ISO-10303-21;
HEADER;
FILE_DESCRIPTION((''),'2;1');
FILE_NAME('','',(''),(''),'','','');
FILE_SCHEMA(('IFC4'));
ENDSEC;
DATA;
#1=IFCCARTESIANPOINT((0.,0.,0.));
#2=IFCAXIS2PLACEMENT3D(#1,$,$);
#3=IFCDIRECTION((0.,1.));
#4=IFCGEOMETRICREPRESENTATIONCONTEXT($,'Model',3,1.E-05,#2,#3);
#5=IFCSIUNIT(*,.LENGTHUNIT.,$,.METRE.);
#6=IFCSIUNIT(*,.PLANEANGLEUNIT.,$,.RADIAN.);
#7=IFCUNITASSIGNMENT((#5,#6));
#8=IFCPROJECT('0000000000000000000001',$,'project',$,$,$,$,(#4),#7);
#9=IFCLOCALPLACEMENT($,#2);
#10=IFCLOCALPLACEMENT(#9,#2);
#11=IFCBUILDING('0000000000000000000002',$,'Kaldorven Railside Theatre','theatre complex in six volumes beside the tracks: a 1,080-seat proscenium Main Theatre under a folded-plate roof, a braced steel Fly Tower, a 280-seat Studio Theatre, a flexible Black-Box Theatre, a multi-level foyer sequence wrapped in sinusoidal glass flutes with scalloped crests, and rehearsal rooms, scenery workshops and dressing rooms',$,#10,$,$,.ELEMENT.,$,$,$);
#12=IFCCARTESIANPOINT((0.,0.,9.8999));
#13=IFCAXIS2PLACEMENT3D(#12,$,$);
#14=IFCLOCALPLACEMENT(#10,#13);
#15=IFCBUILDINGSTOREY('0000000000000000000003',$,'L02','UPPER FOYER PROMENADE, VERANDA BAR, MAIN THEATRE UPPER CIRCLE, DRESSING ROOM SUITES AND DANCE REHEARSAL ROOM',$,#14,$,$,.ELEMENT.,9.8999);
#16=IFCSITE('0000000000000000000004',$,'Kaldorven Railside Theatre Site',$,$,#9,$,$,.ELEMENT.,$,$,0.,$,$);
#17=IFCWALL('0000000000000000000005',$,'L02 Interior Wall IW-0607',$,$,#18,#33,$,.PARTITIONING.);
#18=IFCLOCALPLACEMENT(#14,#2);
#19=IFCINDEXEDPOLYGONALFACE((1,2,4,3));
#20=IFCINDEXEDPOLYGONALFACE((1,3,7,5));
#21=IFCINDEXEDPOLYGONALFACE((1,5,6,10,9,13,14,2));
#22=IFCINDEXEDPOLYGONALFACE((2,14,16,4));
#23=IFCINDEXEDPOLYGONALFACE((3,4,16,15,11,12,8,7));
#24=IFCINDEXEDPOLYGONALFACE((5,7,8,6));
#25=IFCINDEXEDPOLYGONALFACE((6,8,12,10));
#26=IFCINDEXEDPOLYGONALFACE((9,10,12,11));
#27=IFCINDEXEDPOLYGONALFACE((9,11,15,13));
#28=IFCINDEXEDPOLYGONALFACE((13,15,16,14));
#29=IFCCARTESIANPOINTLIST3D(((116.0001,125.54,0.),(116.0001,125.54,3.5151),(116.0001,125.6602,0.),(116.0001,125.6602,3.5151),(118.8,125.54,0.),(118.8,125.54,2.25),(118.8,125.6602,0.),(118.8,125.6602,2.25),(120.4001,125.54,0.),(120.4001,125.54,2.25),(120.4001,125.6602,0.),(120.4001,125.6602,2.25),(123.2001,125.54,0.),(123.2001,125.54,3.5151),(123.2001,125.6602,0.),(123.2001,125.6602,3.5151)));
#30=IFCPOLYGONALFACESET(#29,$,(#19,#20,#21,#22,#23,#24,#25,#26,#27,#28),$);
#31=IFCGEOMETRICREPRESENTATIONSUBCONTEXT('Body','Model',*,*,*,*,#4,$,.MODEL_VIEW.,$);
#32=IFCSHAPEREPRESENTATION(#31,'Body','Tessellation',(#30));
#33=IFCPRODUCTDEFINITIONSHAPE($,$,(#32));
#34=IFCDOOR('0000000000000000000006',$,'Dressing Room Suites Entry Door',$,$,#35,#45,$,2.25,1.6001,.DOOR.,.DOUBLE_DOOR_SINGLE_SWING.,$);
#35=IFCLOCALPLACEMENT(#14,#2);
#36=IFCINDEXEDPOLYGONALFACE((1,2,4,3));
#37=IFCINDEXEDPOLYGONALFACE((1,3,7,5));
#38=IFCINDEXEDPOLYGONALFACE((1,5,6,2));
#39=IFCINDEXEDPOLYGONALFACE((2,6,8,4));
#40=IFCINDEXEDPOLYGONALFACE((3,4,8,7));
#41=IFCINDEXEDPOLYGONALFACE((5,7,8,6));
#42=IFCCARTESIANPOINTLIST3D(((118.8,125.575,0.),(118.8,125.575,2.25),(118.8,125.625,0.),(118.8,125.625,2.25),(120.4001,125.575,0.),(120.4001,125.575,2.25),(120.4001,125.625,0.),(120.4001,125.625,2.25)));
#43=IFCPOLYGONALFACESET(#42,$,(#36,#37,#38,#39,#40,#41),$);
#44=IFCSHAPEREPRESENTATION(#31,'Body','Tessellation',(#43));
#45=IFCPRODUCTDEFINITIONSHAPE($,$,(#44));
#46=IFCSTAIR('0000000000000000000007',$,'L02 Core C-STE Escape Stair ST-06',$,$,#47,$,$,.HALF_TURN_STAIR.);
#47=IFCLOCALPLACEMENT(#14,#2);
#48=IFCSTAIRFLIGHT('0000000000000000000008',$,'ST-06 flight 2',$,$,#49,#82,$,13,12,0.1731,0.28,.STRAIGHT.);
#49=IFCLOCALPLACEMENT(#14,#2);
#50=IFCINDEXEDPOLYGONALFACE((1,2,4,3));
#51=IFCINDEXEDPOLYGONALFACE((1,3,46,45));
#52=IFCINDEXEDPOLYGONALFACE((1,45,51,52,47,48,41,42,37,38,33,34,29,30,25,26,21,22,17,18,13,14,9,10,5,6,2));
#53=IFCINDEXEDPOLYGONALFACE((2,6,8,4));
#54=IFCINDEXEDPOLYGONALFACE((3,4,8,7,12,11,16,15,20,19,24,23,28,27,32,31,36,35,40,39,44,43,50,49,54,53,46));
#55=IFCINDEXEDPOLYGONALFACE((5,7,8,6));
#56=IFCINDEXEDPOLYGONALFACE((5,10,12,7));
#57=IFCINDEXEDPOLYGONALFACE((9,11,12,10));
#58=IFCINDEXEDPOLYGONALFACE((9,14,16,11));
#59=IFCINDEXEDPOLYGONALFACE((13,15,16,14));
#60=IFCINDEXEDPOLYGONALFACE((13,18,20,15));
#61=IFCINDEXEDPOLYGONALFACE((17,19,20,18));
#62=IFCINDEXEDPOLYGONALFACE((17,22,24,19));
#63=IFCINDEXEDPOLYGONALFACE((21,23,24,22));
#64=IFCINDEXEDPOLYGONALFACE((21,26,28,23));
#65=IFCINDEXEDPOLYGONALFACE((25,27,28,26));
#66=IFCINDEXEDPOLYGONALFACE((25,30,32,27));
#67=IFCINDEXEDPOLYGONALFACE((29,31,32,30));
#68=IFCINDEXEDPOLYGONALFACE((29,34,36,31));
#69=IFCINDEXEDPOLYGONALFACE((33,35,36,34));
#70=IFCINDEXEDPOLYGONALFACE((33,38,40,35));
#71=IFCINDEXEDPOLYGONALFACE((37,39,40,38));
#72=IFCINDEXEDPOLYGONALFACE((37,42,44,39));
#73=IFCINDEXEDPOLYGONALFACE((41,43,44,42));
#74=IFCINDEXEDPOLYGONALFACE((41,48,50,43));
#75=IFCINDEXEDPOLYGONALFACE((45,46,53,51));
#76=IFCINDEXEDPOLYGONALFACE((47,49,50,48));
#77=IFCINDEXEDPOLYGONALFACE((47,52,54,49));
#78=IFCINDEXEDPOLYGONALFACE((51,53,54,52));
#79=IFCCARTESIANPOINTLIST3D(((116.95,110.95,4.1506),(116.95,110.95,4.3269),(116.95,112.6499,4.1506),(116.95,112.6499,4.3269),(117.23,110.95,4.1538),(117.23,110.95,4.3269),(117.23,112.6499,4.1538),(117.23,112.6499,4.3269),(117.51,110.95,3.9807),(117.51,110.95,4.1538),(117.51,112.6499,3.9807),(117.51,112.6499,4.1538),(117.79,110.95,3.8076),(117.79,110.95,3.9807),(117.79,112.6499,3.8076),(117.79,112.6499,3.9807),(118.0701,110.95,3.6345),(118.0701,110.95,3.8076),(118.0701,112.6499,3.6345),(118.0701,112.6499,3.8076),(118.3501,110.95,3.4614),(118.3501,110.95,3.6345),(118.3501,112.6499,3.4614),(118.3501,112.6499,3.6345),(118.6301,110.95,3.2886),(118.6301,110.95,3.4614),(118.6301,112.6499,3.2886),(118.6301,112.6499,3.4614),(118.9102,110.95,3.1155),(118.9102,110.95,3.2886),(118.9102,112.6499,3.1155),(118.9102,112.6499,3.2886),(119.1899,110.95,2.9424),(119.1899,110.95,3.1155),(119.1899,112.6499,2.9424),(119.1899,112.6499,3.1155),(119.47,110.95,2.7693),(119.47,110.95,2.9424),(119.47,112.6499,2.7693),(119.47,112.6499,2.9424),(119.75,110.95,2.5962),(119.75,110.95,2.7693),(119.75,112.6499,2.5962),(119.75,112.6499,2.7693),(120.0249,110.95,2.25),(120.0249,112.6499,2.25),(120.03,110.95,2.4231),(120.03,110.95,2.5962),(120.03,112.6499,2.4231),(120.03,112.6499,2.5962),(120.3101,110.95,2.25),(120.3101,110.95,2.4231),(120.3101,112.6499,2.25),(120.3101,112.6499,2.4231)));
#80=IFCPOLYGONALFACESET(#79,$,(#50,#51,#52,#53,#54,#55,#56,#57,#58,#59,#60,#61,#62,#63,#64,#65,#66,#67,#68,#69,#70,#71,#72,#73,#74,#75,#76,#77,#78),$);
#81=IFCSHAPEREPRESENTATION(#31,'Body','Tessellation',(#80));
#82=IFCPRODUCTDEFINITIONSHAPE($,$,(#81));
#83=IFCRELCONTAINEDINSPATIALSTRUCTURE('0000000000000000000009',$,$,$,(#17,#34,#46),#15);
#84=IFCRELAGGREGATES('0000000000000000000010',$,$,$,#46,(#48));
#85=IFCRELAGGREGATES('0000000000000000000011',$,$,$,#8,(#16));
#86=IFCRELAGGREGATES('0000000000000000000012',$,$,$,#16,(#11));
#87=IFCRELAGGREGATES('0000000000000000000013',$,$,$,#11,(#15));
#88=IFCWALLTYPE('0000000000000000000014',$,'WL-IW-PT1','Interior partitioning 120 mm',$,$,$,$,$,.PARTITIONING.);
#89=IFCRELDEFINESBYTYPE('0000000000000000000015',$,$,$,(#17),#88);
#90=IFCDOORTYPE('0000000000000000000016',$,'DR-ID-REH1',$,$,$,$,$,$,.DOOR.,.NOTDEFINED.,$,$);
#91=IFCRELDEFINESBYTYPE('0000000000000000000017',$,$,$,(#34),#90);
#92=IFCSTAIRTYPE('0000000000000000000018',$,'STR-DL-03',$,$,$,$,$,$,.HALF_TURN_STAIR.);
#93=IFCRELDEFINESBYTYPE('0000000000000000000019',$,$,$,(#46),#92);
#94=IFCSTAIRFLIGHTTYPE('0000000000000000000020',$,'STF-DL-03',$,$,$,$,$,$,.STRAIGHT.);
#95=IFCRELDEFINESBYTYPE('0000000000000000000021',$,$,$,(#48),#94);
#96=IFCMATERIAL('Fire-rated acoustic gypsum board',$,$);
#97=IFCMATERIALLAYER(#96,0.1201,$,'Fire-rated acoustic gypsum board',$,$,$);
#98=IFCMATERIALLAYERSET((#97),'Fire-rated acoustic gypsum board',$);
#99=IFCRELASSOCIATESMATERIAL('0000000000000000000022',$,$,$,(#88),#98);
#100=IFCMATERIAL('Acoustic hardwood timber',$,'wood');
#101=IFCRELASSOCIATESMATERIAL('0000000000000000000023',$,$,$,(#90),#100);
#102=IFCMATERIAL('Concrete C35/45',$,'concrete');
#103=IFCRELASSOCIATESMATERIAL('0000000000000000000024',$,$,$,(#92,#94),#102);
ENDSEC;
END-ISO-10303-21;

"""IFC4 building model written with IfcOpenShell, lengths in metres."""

from ifc_helpers import new_model, si_unit, direction, frame, frame_2d, origin, place, context, subcontext, project, spatial, polyline, rectangle, outline, extrude, material, layer, layer_set, type_object, element, fill, aggregate, save


model = new_model("IFC4")

# Units and contexts
model_context = context("Model", 3, precision=1e-05, world=origin(), true_north=direction((0.0, 1.0)))
body_context = subcontext(model_context, "Body", "Model", "MODEL_VIEW")
ifc_project = project(units=[si_unit("LENGTHUNIT", "METRE"), si_unit("PLANEANGLEUNIT", "RADIAN")], contexts=[model_context])

# Site, building, storey
site_placement = place(None, origin())
site = spatial("IfcSite", under=ifc_project, at=site_placement, Name="Kaldorven Railside Theatre Site", CompositionType="ELEMENT", RefElevation=0.0)
building_placement = place(site_placement, origin())
building = spatial("IfcBuilding", under=site, at=building_placement, Name="Kaldorven Railside Theatre", Description="theatre complex in six volumes beside the tracks: a 1,080-seat proscenium Main Theatre under a folded-plate roof, a braced steel Fly Tower, a 280-seat Studio Theatre, a flexible Black-Box Theatre, a multi-level foyer sequence wrapped in sinusoidal glass flutes with scalloped crests, and rehearsal rooms, scenery workshops and dressing rooms", CompositionType="ELEMENT")
storey_placement = place(building_placement, frame((0.0, 0.0, 9.8999)))
storey = spatial("IfcBuildingStorey", under=building, at=storey_placement, Name="L02", Description="UPPER FOYER PROMENADE, VERANDA BAR, MAIN THEATRE UPPER CIRCLE, DRESSING ROOM SUITES AND DANCE REHEARSAL ROOM", CompositionType="ELEMENT", Elevation=9.8999)

# Wall, opening, door
ifc_material_1 = material(Name="Fire-rated acoustic gypsum board")
ifc_layer_1 = layer(ifc_material_1, 0.1201, Name="Fire-rated acoustic gypsum board")
ifc_layer_set_1 = layer_set([ifc_layer_1], Name="Fire-rated acoustic gypsum board")
wall_type_1 = type_object("IfcWallType", Name="WL-IW-PT1", Description="Interior partitioning 120 mm", PredefinedType="PARTITIONING", material=ifc_layer_set_1)
wall_1_placement = place(storey_placement, frame((116.0, 125.6001, 0.0), z_axis=(0.0, 0.0, 1.0), x_axis=(1.0, 0.0, 0.0)))
wall_1 = element("IfcWall", 1, at=wall_1_placement, inside=storey, type_object=wall_type_1, Name="L02 Interior Wall IW-0607", PredefinedType="PARTITIONING", context=body_context, shape_type="SweptSolid", body=[
    extrude(rectangle(XDim=7.2, YDim=0.1201, at=frame_2d((3.6001, 0.0))), origin(), (0.0, 0.0, 1.0), 3.5151),
])
opening_1_placement = place(wall_1_placement, frame((2.8, 0.0, 0.0)))
opening_1 = element("IfcOpeningElement", 2, at=opening_1_placement, cuts=wall_1, PredefinedType="OPENING", context=body_context, shape_type="SweptSolid", body=[
    extrude(rectangle(XDim=1.6001, YDim=2.25, at=frame_2d((0.8, 1.125))), frame((0.0, 0.0701, 0.0), z_axis=(0.0, -1.0, 0.0), x_axis=(1.0, 0.0, 0.0)), (0.0, 0.0, 1.0), 0.1401),
])
ifc_material_2 = material(Name="Acoustic hardwood timber", Category="wood")
door_type = type_object("IfcDoorType", Name="DR-ID-REH1", OperationType="NOTDEFINED", PredefinedType="DOOR", material=ifc_material_2)
door_placement = place(opening_1_placement, origin())
door = element("IfcDoor", 3, at=door_placement, inside=storey, type_object=door_type, Name="Dressing Room Suites Entry Door", OperationType="DOUBLE_DOOR_SINGLE_SWING", OverallHeight=2.25, OverallWidth=1.6001, PredefinedType="DOOR", context=body_context, shape_type="SweptSolid", body=[
    extrude(rectangle(XDim=1.6001, YDim=2.25, at=frame_2d((0.8, 1.125))), frame((0.0, 0.0249, 0.0), z_axis=(0.0, -1.0, 0.0), x_axis=(1.0, 0.0, 0.0)), (0.0, 0.0, 1.0), 0.05),
])
fill(opening_1, door)

# Stair, stair flight
ifc_material_3 = material(Name="Concrete C35/45", Category="concrete")
stair_type = type_object("IfcStairType", Name="STR-DL-03", PredefinedType="HALF_TURN_STAIR", material=ifc_material_3)
stair_placement = place(storey_placement, origin())
stair = element("IfcStair", 4, at=stair_placement, inside=storey, type_object=stair_type, Name="L02 Core C-STE Escape Stair ST-06", PredefinedType="HALF_TURN_STAIR")
stair_flight_type = type_object("IfcStairFlightType", Name="STF-DL-03", PredefinedType="STRAIGHT", material=ifc_material_3)
stair_flight_placement = place(storey_placement, frame((120.3101, 111.8, 2.25), z_axis=(0.0, 0.0, 1.0), x_axis=(-1.0, 0.0, 0.0)))
stair_flight = element("IfcStairFlight", 5, at=stair_flight_placement, type_object=stair_flight_type, Name="ST-06 flight 2", NumberOfRisers=13, NumberOfTreads=12, PredefinedType="STRAIGHT", RiserHeight=0.1731, TreadLength=0.28, context=body_context, shape_type="SweptSolid", body=[
    extrude(outline(polyline([(0.0, 0.0), (0.0, 0.1731), (0.28, 0.1731), (0.28, 0.3462), (0.5601, 0.3462), (0.5601, 0.5193), (0.8401, 0.5193), (0.8401, 0.6924), (1.1201, 0.6924), (1.1201, 0.8655), (1.3999, 0.8655), (1.3999, 1.0386), (1.6799, 1.0386), (1.6799, 1.2114), (1.96, 1.2114), (1.96, 1.3845), (2.24, 1.3845), (2.24, 1.5576), (2.52, 1.5576), (2.52, 1.7307), (2.8, 1.7307), (2.8, 1.9038), (3.0801, 1.9038), (3.0801, 2.0769), (3.3601, 2.0769), (3.3601, 2.25), (3.3601, 1.9006), (0.2852, 0.0), (0.0, 0.0)])), frame((0.0, 0.8501, 0.0), z_axis=(0.0, -1.0, 0.0), x_axis=(1.0, 0.0, 0.0)), (0.0, 0.0, 1.0), 1.7),
])
aggregate(stair, [stair_flight])

save(model, "model.ifc")
